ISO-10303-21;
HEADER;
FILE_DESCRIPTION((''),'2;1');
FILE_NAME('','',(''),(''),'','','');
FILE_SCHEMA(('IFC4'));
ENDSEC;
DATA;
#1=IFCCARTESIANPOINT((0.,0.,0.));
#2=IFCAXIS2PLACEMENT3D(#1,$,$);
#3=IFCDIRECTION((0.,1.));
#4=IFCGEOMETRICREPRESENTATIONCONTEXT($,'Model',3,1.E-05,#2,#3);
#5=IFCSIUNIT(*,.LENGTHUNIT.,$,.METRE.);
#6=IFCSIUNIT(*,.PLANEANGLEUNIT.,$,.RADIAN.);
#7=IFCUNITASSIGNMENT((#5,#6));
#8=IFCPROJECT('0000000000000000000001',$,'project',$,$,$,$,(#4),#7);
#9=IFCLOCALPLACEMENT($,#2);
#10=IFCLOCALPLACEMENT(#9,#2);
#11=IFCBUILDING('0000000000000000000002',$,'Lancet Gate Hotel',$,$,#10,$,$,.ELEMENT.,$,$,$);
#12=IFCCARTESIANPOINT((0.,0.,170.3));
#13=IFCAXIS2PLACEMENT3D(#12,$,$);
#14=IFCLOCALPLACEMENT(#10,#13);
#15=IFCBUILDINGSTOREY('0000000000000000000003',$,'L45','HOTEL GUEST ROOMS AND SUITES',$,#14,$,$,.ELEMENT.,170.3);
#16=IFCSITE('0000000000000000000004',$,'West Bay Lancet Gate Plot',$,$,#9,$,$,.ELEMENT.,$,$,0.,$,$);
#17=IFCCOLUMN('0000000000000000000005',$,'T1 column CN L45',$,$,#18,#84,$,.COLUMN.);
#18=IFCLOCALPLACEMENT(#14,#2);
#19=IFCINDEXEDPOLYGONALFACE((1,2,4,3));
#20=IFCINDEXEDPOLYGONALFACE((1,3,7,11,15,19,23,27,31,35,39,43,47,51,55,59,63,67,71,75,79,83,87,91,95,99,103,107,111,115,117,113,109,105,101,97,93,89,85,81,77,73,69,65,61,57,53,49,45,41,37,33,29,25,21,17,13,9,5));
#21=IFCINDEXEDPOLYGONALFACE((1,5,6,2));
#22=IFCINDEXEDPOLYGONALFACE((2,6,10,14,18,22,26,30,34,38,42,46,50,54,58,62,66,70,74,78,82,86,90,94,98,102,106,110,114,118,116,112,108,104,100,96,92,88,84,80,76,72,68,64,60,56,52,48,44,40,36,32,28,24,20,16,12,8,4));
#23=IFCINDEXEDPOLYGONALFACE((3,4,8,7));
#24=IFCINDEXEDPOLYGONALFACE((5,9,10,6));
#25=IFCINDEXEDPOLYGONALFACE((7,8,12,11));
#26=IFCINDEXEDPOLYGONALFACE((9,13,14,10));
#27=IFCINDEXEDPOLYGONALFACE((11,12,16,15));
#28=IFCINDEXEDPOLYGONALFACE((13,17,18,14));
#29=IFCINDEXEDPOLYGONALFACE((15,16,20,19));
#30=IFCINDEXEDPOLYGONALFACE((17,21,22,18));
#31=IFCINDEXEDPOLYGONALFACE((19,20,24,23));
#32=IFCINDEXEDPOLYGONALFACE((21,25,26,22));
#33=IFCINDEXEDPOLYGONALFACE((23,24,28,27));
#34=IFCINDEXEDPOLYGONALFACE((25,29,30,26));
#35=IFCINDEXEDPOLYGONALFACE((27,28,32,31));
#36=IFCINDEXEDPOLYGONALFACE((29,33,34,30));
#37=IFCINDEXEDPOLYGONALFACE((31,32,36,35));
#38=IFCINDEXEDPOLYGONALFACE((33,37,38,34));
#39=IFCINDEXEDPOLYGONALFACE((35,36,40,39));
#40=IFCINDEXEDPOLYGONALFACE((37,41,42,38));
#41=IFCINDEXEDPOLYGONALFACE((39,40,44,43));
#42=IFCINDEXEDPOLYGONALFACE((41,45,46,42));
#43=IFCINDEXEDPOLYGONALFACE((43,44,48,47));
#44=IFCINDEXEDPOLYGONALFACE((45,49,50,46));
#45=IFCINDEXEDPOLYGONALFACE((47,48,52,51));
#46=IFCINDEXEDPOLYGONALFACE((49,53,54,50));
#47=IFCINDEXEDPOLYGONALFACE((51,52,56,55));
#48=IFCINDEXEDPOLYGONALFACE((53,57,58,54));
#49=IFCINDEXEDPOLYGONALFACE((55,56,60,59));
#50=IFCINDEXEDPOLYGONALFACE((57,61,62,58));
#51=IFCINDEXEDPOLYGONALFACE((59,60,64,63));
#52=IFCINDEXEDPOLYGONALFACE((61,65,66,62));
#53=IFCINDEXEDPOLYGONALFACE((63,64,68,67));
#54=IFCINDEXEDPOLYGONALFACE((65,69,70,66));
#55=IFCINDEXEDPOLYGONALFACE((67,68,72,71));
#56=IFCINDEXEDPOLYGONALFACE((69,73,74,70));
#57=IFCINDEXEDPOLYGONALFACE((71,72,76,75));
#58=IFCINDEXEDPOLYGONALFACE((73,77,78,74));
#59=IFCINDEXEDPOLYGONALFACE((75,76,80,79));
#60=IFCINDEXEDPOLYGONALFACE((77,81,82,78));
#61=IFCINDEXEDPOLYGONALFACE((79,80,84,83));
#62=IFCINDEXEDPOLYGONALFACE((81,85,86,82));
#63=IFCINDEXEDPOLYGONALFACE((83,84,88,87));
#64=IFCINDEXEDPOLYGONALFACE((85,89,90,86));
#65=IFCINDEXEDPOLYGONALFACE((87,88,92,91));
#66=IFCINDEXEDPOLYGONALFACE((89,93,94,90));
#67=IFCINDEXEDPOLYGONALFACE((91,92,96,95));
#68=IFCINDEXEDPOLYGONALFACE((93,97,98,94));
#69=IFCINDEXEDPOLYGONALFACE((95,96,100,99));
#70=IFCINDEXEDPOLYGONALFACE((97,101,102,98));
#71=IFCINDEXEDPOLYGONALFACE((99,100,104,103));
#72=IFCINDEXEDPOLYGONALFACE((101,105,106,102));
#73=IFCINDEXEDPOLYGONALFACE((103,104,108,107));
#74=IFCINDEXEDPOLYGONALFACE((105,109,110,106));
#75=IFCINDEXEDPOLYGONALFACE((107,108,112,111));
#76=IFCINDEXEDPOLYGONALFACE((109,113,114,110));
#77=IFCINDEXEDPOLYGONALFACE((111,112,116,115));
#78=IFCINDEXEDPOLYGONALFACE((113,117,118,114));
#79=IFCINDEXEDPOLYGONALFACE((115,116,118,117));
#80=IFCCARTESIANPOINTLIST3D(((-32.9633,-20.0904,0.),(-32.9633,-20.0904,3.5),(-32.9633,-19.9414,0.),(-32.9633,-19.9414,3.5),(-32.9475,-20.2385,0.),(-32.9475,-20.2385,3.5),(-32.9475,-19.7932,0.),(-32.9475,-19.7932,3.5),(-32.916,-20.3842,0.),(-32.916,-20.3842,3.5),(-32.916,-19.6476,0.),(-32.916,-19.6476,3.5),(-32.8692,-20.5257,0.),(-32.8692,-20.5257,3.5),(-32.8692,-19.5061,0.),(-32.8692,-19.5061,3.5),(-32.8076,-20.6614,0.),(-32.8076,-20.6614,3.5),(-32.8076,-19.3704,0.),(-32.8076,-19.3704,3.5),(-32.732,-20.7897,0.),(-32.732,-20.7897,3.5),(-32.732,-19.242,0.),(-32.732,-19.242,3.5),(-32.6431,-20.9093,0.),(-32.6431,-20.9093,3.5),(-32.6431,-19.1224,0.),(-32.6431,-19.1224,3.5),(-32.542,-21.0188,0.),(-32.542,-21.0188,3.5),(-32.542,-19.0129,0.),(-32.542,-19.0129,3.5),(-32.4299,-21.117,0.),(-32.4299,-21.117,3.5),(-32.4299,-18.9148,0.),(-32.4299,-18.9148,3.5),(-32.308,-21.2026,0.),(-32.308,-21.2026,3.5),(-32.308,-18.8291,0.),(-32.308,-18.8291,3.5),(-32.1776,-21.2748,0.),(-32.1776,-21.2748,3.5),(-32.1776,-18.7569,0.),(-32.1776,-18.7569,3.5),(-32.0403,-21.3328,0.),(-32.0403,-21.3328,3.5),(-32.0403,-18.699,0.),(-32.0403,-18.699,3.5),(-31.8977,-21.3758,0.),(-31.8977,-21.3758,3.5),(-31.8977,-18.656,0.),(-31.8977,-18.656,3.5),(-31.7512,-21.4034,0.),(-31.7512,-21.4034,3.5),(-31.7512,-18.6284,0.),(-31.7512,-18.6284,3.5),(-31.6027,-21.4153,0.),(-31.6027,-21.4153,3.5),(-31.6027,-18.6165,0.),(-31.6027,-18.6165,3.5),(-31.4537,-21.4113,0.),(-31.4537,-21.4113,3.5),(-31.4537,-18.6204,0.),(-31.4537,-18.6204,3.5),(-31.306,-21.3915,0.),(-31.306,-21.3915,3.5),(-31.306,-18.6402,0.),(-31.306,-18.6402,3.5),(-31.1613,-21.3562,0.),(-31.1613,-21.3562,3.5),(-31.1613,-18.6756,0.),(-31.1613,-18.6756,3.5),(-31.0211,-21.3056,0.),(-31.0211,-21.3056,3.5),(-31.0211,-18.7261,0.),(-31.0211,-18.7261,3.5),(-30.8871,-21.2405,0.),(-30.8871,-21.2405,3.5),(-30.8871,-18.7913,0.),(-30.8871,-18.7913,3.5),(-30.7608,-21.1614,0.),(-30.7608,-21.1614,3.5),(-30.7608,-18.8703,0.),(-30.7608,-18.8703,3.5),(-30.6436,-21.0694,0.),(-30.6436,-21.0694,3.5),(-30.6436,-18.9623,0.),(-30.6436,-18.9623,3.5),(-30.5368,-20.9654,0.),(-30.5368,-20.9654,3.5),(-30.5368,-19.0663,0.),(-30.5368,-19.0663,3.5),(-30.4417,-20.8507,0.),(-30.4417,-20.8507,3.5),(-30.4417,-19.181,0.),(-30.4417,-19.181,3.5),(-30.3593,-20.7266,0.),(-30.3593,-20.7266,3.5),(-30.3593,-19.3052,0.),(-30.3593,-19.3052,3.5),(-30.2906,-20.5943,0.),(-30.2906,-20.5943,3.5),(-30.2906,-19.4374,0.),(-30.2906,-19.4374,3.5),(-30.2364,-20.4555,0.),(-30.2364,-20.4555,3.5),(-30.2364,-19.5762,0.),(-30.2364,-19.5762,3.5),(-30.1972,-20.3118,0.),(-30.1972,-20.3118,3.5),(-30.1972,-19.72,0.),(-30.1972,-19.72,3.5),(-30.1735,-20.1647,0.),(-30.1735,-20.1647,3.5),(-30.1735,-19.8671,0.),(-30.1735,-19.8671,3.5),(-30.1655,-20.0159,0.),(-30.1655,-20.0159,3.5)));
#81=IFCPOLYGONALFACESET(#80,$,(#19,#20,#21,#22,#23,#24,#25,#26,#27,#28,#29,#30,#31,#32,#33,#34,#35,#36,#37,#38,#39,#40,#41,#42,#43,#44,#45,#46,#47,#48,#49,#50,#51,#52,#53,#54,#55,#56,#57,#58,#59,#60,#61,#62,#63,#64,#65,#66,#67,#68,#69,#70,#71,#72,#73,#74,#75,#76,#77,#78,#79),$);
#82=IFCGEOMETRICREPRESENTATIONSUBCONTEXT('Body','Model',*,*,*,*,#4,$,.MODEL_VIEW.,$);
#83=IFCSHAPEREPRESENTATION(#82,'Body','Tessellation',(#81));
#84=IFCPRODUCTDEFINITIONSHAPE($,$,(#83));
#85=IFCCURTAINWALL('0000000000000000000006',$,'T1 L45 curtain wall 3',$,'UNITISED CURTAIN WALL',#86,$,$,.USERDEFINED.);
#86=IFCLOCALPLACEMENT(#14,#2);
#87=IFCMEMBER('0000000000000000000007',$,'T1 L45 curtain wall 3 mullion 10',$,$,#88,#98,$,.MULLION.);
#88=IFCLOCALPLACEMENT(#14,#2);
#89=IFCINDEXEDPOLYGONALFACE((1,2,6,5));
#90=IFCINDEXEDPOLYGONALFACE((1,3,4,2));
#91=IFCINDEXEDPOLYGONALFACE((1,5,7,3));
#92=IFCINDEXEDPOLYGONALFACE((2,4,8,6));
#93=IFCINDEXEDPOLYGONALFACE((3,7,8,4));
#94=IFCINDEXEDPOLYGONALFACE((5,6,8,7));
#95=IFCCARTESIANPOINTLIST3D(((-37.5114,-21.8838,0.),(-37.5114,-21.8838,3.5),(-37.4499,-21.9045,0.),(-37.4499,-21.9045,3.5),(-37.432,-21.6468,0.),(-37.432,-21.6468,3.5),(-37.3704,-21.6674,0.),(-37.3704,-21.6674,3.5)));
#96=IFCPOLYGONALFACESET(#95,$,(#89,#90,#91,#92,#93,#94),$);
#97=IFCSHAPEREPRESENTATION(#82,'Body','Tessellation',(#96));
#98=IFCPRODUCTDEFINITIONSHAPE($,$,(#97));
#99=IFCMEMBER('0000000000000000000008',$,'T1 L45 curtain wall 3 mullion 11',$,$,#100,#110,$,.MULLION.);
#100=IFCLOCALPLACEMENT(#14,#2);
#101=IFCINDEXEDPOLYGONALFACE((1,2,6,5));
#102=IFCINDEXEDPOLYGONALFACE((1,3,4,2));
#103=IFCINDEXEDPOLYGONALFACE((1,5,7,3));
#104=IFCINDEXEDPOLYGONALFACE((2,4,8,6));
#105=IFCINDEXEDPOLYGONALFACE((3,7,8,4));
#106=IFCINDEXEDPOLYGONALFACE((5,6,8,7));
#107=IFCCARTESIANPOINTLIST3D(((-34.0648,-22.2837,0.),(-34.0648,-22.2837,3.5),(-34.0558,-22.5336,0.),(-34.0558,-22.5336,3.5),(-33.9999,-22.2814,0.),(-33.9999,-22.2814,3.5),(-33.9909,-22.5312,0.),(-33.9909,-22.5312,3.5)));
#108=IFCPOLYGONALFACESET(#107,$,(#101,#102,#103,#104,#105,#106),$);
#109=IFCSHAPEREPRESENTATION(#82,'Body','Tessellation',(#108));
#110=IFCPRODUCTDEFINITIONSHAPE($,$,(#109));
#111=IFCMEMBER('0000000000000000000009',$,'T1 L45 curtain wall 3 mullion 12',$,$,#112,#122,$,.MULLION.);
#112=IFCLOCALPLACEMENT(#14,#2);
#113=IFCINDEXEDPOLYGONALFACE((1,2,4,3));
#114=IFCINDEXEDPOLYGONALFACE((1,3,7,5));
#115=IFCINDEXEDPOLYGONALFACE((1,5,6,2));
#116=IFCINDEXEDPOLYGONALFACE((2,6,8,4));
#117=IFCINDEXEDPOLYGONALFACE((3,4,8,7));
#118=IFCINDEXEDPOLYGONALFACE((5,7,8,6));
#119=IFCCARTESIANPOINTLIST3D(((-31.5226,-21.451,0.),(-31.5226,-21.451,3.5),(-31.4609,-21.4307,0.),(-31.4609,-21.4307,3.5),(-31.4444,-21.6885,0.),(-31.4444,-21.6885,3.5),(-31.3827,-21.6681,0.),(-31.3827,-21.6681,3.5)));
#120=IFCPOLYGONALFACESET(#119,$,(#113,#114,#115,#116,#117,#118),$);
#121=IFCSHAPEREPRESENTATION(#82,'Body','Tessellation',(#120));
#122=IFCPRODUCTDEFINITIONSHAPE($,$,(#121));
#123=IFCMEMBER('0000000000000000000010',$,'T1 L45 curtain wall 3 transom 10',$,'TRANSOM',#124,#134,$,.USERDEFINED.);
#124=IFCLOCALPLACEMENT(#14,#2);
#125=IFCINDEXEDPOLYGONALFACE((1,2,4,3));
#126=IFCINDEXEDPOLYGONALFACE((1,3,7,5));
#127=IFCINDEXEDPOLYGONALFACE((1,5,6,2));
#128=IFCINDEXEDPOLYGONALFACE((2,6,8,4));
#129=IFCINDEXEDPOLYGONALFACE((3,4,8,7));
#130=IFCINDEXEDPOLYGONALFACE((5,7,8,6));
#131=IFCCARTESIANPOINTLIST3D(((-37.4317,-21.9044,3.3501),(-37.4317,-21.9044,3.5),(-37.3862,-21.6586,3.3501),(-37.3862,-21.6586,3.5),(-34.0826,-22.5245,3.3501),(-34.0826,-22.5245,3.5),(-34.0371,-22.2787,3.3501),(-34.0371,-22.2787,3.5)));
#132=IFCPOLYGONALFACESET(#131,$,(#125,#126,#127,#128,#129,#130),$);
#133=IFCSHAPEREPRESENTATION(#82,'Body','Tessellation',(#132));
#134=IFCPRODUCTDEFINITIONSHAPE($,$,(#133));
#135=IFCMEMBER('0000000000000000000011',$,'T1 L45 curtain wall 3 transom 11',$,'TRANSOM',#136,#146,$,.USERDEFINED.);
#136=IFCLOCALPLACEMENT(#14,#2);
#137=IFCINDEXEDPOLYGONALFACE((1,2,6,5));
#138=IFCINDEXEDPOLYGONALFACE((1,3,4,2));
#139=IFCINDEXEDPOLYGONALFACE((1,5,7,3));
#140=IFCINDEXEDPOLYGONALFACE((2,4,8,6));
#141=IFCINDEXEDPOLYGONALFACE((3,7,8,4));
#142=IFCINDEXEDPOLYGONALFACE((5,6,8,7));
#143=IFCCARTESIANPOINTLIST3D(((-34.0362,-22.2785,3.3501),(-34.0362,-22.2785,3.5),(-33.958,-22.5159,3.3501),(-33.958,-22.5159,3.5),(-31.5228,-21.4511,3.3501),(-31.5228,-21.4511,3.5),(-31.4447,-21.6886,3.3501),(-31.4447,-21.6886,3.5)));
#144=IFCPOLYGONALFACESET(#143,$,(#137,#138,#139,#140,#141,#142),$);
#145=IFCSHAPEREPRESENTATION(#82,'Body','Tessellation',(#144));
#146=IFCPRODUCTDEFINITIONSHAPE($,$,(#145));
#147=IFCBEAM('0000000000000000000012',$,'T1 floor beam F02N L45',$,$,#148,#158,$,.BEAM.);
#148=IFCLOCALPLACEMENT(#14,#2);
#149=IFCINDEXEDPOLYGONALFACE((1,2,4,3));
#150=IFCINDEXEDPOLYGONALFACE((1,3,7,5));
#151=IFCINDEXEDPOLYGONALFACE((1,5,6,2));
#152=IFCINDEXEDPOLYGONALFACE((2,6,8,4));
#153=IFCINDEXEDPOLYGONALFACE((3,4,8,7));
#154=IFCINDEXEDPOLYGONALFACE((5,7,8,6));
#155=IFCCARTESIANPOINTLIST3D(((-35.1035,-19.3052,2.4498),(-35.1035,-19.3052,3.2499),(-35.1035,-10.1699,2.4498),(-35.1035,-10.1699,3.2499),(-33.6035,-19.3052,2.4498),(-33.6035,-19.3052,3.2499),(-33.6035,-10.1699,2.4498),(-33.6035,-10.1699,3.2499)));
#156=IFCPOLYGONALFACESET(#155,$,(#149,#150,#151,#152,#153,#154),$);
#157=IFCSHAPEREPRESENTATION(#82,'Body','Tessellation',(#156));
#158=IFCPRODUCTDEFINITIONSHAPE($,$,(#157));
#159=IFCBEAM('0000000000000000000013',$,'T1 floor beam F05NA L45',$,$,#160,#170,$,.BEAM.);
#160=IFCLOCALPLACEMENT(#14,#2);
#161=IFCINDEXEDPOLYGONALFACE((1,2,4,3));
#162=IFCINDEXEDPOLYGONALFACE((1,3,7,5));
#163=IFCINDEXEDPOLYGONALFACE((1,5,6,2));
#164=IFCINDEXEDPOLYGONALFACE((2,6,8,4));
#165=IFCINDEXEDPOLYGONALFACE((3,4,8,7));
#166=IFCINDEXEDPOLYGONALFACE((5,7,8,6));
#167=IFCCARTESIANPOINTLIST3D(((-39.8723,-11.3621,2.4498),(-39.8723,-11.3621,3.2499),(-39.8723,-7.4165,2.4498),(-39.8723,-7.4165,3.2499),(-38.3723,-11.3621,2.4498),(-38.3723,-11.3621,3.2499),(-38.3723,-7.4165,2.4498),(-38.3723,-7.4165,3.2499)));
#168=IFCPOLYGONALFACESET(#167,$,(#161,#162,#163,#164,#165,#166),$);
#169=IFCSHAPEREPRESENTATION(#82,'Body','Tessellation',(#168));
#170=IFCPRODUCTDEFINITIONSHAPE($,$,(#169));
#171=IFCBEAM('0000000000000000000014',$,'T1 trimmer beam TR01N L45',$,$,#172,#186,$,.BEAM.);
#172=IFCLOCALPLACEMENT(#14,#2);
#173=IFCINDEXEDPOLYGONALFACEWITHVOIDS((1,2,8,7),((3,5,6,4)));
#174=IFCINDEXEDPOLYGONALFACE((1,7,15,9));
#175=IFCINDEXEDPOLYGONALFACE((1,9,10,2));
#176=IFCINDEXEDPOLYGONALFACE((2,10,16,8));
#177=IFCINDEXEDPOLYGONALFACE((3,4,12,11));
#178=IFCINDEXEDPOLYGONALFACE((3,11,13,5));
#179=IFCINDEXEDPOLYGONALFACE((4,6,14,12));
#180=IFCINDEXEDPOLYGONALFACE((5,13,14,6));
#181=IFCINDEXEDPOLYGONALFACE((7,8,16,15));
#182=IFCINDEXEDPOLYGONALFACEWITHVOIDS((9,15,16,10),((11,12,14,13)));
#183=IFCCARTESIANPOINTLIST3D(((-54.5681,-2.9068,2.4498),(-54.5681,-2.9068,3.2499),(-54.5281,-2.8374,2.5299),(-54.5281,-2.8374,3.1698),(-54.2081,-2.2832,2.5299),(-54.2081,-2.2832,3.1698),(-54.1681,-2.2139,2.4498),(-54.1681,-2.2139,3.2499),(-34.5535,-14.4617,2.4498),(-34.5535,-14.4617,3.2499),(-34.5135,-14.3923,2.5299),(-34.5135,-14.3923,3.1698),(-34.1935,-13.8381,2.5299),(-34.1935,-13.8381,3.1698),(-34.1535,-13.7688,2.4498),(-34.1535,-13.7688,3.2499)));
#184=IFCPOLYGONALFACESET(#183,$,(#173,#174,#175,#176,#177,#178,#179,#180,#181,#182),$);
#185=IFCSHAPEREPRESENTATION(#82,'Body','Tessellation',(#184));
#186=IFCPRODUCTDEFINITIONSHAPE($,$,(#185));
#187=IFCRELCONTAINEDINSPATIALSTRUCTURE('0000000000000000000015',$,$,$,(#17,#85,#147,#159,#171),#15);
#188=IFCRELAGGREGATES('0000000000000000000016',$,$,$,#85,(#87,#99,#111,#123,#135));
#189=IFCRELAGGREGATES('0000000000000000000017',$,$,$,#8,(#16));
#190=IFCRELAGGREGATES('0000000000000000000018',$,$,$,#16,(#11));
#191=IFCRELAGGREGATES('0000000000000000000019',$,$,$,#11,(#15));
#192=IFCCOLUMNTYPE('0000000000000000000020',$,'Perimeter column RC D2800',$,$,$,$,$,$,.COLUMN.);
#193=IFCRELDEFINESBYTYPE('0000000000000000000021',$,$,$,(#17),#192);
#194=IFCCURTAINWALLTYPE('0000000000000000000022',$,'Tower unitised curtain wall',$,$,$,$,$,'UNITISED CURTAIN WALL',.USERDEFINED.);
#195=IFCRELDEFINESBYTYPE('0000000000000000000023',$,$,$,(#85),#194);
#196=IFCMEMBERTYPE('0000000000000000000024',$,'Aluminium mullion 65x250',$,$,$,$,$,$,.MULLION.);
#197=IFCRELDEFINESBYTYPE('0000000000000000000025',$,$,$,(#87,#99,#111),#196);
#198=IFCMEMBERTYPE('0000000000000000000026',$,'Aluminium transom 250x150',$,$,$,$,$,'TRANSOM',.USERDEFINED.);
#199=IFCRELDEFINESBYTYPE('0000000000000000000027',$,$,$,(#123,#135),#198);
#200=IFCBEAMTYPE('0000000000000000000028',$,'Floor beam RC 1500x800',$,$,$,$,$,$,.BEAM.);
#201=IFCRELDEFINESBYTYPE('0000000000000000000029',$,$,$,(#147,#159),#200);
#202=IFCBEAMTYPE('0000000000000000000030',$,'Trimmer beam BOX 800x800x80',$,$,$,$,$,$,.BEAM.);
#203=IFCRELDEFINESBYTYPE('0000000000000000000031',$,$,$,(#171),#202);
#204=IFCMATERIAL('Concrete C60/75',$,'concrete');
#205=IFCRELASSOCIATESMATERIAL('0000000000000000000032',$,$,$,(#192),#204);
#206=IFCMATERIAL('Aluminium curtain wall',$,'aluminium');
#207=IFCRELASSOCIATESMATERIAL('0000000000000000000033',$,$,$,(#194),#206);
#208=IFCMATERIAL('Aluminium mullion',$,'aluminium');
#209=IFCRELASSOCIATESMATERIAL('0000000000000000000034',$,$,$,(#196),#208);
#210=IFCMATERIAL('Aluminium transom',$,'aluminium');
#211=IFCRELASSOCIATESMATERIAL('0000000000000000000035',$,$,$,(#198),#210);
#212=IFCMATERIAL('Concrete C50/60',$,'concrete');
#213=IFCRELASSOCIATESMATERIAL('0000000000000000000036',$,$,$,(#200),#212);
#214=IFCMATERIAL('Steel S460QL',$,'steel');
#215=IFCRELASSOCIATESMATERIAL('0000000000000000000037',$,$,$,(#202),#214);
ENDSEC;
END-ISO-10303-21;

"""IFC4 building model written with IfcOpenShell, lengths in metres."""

from ifc_helpers import new_model, si_unit, direction, frame, origin, origin_2d, place, context, subcontext, project, spatial, rectangle, hollow_rectangle, circle, extrude, material, material_profile, profile_set, type_object, element, aggregate, save


model = new_model("IFC4")

# Units and contexts
model_context = context("Model", 3, precision=1e-05, world=origin(), true_north=direction((0.0, 1.0)))
body_context = subcontext(model_context, "Body", "Model", "MODEL_VIEW")
ifc_project = project(units=[si_unit("LENGTHUNIT", "METRE"), si_unit("PLANEANGLEUNIT", "RADIAN")], contexts=[model_context])

# Site, building, storey
site_placement = place(None, origin())
site = spatial("IfcSite", under=ifc_project, at=site_placement, Name="West Bay Lancet Gate Plot", CompositionType="ELEMENT", RefElevation=0.0)
building_placement = place(site_placement, origin())
building = spatial("IfcBuilding", under=site, at=building_placement, Name="Lancet Gate Hotel", CompositionType="ELEMENT")
storey_placement = place(building_placement, frame((0.0, 0.0, 170.3)))
storey = spatial("IfcBuildingStorey", under=building, at=storey_placement, Name="L45", Description="HOTEL GUEST ROOMS AND SUITES", CompositionType="ELEMENT", Elevation=170.3)

# Column
ifc_material_1 = material(Name="Concrete C60/75", Category="concrete")
ifc_material_profile_1 = material_profile(ifc_material_1, circle(Radius=1.3999, at=origin_2d()), Name="RC D2800")
ifc_profile_set_1 = profile_set([ifc_material_profile_1], Name="Concrete C60/75")
column_type = type_object("IfcColumnType", Name="Perimeter column RC D2800", PredefinedType="COLUMN", material=ifc_profile_set_1)
column_placement = place(storey_placement, frame((-31.5654, -20.0159, 0.0), z_axis=(0.0, 0.0, 1.0), x_axis=(1.0, 0.0, 0.0)))
element("IfcColumn", 1, at=column_placement, inside=storey, type_object=column_type, Name="T1 column CN L45", PredefinedType="COLUMN", context=body_context, shape_type="SweptSolid", body=[
    extrude(circle(Radius=1.3999, at=origin_2d()), origin(), (0.0, 0.0, 1.0), 3.5),
])

# Curtain wall, members
ifc_material_2 = material(Name="Aluminium curtain wall", Category="aluminium")
curtain_wall_type = type_object("IfcCurtainWallType", Name="Tower unitised curtain wall", ElementType="UNITISED CURTAIN WALL", PredefinedType="USERDEFINED", material=ifc_material_2)
curtain_wall_placement = place(storey_placement, origin())
curtain_wall = element("IfcCurtainWall", 2, at=curtain_wall_placement, inside=storey, type_object=curtain_wall_type, Name="T1 L45 curtain wall 3", ObjectType="UNITISED CURTAIN WALL", PredefinedType="USERDEFINED")
ifc_material_3 = material(Name="Aluminium mullion", Category="aluminium")
ifc_material_profile_2 = material_profile(ifc_material_3, rectangle(XDim=0.0649, YDim=0.25, at=origin_2d()), Name="MULLION 65x250")
ifc_profile_set_2 = profile_set([ifc_material_profile_2], Name="Aluminium mullion")
member_type_1 = type_object("IfcMemberType", Name="Aluminium mullion 65x250", PredefinedType="MULLION", material=ifc_profile_set_2)
member_1_placement = place(storey_placement, frame((-37.4409, -21.7756, 0.0), z_axis=(0.0, 0.0, 1.0), x_axis=(0.948119, -0.317915, 0.0)))
member_1 = element("IfcMember", 3, at=member_1_placement, type_object=member_type_1, Name="T1 L45 curtain wall 3 mullion 10", PredefinedType="MULLION", context=body_context, shape_type="SweptSolid", body=[
    extrude(rectangle(XDim=0.0649, YDim=0.25, at=origin_2d()), origin(), (0.0, 0.0, 1.0), 3.5),
])
member_2_placement = place(storey_placement, frame((-34.0278, -22.4075, 0.0), z_axis=(0.0, 0.0, 1.0), x_axis=(0.99935, 0.036037, 0.0)))
member_2 = element("IfcMember", 4, at=member_2_placement, type_object=member_type_1, Name="T1 L45 curtain wall 3 mullion 11", PredefinedType="MULLION", context=body_context, shape_type="SweptSolid", body=[
    extrude(rectangle(XDim=0.0649, YDim=0.25, at=origin_2d()), origin(), (0.0, 0.0, 1.0), 3.5),
])
member_3_placement = place(storey_placement, frame((-31.4526, -21.5596, 0.0), z_axis=(0.0, 0.0, 1.0), x_axis=(0.949848, 0.312712, 0.0)))
member_3 = element("IfcMember", 5, at=member_3_placement, type_object=member_type_1, Name="T1 L45 curtain wall 3 mullion 12", PredefinedType="MULLION", context=body_context, shape_type="SweptSolid", body=[
    extrude(rectangle(XDim=0.0649, YDim=0.25, at=origin_2d()), origin(), (0.0, 0.0, 1.0), 3.5),
])
ifc_material_4 = material(Name="Aluminium transom", Category="aluminium")
ifc_material_profile_3 = material_profile(ifc_material_4, rectangle(XDim=0.25, YDim=0.1499, at=origin_2d()), Name="TRANSOM 250x150")
ifc_profile_set_3 = profile_set([ifc_material_profile_3], Name="Aluminium transom")
member_type_2 = type_object("IfcMemberType", Name="Aluminium transom 250x150", ElementType="TRANSOM", PredefinedType="USERDEFINED", material=ifc_profile_set_3)
member_4_placement = place(storey_placement, frame((-37.4089, -21.7815, 3.425), z_axis=(0.983287, -0.182064, 0.0), x_axis=(0.182064, 0.983287, 0.0)))
member_4 = element("IfcMember", 6, at=member_4_placement, type_object=member_type_2, Name="T1 L45 curtain wall 3 transom 10", ObjectType="TRANSOM", PredefinedType="USERDEFINED", context=body_context, shape_type="SweptSolid", body=[
    extrude(rectangle(XDim=0.25, YDim=0.1499, at=origin_2d()), origin(), (0.0, 0.0, 1.0), 3.406),
])
member_5_placement = place(storey_placement, frame((-33.9971, -22.3972, 3.425), z_axis=(0.949858, 0.312683, 0.0), x_axis=(-0.312683, 0.949858, 0.0)))
member_5 = element("IfcMember", 7, at=member_5_placement, type_object=member_type_2, Name="T1 L45 curtain wall 3 transom 11", ObjectType="TRANSOM", PredefinedType="USERDEFINED", context=body_context, shape_type="SweptSolid", body=[
    extrude(rectangle(XDim=0.25, YDim=0.1499, at=origin_2d()), origin(), (0.0, 0.0, 1.0), 2.646),
])

# Beams
ifc_material_5 = material(Name="Concrete C50/60", Category="concrete")
ifc_material_profile_4 = material_profile(ifc_material_5, rectangle(XDim=1.5, YDim=0.8, at=origin_2d()), Name="RC 1500x800")
ifc_profile_set_4 = profile_set([ifc_material_profile_4], Name="Concrete C50/60")
beam_type_1 = type_object("IfcBeamType", Name="Floor beam RC 1500x800", PredefinedType="BEAM", material=ifc_profile_set_4)
beam_1_placement = place(storey_placement, frame((-34.3535, -10.1699, 2.8499), z_axis=(0.0, -1.0, 0.0), x_axis=(1.0, 0.0, 0.0)))
element("IfcBeam", 8, at=beam_1_placement, inside=storey, type_object=beam_type_1, Name="T1 floor beam F02N L45", PredefinedType="BEAM", context=body_context, shape_type="SweptSolid", body=[
    extrude(rectangle(XDim=1.5, YDim=0.8, at=origin_2d()), origin(), (0.0, 0.0, 1.0), 9.1353),
])
beam_2_placement = place(storey_placement, frame((-39.1223, -7.4165, 2.8499), z_axis=(0.0, -1.0, 0.0), x_axis=(1.0, 0.0, 0.0)))
element("IfcBeam", 9, at=beam_2_placement, inside=storey, type_object=beam_type_1, Name="T1 floor beam F05NA L45", PredefinedType="BEAM", context=body_context, shape_type="SweptSolid", body=[
    extrude(rectangle(XDim=1.5, YDim=0.8, at=origin_2d()), origin(), (0.0, 0.0, 1.0), 3.9456),
])
ifc_material_6 = material(Name="Steel S460QL", Category="steel")
ifc_material_profile_5 = material_profile(ifc_material_6, hollow_rectangle(XDim=0.8, YDim=0.8, WallThickness=0.0801, at=origin_2d()), Name="BOX 800x800x80")
ifc_profile_set_5 = profile_set([ifc_material_profile_5], Name="Steel S460QL")
beam_type_2 = type_object("IfcBeamType", Name="Trimmer beam BOX 800x800x80", PredefinedType="BEAM", material=ifc_profile_set_5)
beam_3_placement = place(storey_placement, frame((-34.3535, -14.1152, 2.8499), z_axis=(-0.866035, 0.499983, 0.0), x_axis=(-0.499983, -0.866035, 0.0)))
element("IfcBeam", 10, at=beam_3_placement, inside=storey, type_object=beam_type_2, Name="T1 trimmer beam TR01N L45", PredefinedType="BEAM", context=body_context, shape_type="SweptSolid", body=[
    extrude(hollow_rectangle(XDim=0.8, YDim=0.8, WallThickness=0.0801, at=origin_2d()), origin(), (0.0, 0.0, 1.0), 23.1106),
])

aggregate(curtain_wall, [member_1, member_2, member_3, member_4, member_5])

save(model, "model.ifc")
